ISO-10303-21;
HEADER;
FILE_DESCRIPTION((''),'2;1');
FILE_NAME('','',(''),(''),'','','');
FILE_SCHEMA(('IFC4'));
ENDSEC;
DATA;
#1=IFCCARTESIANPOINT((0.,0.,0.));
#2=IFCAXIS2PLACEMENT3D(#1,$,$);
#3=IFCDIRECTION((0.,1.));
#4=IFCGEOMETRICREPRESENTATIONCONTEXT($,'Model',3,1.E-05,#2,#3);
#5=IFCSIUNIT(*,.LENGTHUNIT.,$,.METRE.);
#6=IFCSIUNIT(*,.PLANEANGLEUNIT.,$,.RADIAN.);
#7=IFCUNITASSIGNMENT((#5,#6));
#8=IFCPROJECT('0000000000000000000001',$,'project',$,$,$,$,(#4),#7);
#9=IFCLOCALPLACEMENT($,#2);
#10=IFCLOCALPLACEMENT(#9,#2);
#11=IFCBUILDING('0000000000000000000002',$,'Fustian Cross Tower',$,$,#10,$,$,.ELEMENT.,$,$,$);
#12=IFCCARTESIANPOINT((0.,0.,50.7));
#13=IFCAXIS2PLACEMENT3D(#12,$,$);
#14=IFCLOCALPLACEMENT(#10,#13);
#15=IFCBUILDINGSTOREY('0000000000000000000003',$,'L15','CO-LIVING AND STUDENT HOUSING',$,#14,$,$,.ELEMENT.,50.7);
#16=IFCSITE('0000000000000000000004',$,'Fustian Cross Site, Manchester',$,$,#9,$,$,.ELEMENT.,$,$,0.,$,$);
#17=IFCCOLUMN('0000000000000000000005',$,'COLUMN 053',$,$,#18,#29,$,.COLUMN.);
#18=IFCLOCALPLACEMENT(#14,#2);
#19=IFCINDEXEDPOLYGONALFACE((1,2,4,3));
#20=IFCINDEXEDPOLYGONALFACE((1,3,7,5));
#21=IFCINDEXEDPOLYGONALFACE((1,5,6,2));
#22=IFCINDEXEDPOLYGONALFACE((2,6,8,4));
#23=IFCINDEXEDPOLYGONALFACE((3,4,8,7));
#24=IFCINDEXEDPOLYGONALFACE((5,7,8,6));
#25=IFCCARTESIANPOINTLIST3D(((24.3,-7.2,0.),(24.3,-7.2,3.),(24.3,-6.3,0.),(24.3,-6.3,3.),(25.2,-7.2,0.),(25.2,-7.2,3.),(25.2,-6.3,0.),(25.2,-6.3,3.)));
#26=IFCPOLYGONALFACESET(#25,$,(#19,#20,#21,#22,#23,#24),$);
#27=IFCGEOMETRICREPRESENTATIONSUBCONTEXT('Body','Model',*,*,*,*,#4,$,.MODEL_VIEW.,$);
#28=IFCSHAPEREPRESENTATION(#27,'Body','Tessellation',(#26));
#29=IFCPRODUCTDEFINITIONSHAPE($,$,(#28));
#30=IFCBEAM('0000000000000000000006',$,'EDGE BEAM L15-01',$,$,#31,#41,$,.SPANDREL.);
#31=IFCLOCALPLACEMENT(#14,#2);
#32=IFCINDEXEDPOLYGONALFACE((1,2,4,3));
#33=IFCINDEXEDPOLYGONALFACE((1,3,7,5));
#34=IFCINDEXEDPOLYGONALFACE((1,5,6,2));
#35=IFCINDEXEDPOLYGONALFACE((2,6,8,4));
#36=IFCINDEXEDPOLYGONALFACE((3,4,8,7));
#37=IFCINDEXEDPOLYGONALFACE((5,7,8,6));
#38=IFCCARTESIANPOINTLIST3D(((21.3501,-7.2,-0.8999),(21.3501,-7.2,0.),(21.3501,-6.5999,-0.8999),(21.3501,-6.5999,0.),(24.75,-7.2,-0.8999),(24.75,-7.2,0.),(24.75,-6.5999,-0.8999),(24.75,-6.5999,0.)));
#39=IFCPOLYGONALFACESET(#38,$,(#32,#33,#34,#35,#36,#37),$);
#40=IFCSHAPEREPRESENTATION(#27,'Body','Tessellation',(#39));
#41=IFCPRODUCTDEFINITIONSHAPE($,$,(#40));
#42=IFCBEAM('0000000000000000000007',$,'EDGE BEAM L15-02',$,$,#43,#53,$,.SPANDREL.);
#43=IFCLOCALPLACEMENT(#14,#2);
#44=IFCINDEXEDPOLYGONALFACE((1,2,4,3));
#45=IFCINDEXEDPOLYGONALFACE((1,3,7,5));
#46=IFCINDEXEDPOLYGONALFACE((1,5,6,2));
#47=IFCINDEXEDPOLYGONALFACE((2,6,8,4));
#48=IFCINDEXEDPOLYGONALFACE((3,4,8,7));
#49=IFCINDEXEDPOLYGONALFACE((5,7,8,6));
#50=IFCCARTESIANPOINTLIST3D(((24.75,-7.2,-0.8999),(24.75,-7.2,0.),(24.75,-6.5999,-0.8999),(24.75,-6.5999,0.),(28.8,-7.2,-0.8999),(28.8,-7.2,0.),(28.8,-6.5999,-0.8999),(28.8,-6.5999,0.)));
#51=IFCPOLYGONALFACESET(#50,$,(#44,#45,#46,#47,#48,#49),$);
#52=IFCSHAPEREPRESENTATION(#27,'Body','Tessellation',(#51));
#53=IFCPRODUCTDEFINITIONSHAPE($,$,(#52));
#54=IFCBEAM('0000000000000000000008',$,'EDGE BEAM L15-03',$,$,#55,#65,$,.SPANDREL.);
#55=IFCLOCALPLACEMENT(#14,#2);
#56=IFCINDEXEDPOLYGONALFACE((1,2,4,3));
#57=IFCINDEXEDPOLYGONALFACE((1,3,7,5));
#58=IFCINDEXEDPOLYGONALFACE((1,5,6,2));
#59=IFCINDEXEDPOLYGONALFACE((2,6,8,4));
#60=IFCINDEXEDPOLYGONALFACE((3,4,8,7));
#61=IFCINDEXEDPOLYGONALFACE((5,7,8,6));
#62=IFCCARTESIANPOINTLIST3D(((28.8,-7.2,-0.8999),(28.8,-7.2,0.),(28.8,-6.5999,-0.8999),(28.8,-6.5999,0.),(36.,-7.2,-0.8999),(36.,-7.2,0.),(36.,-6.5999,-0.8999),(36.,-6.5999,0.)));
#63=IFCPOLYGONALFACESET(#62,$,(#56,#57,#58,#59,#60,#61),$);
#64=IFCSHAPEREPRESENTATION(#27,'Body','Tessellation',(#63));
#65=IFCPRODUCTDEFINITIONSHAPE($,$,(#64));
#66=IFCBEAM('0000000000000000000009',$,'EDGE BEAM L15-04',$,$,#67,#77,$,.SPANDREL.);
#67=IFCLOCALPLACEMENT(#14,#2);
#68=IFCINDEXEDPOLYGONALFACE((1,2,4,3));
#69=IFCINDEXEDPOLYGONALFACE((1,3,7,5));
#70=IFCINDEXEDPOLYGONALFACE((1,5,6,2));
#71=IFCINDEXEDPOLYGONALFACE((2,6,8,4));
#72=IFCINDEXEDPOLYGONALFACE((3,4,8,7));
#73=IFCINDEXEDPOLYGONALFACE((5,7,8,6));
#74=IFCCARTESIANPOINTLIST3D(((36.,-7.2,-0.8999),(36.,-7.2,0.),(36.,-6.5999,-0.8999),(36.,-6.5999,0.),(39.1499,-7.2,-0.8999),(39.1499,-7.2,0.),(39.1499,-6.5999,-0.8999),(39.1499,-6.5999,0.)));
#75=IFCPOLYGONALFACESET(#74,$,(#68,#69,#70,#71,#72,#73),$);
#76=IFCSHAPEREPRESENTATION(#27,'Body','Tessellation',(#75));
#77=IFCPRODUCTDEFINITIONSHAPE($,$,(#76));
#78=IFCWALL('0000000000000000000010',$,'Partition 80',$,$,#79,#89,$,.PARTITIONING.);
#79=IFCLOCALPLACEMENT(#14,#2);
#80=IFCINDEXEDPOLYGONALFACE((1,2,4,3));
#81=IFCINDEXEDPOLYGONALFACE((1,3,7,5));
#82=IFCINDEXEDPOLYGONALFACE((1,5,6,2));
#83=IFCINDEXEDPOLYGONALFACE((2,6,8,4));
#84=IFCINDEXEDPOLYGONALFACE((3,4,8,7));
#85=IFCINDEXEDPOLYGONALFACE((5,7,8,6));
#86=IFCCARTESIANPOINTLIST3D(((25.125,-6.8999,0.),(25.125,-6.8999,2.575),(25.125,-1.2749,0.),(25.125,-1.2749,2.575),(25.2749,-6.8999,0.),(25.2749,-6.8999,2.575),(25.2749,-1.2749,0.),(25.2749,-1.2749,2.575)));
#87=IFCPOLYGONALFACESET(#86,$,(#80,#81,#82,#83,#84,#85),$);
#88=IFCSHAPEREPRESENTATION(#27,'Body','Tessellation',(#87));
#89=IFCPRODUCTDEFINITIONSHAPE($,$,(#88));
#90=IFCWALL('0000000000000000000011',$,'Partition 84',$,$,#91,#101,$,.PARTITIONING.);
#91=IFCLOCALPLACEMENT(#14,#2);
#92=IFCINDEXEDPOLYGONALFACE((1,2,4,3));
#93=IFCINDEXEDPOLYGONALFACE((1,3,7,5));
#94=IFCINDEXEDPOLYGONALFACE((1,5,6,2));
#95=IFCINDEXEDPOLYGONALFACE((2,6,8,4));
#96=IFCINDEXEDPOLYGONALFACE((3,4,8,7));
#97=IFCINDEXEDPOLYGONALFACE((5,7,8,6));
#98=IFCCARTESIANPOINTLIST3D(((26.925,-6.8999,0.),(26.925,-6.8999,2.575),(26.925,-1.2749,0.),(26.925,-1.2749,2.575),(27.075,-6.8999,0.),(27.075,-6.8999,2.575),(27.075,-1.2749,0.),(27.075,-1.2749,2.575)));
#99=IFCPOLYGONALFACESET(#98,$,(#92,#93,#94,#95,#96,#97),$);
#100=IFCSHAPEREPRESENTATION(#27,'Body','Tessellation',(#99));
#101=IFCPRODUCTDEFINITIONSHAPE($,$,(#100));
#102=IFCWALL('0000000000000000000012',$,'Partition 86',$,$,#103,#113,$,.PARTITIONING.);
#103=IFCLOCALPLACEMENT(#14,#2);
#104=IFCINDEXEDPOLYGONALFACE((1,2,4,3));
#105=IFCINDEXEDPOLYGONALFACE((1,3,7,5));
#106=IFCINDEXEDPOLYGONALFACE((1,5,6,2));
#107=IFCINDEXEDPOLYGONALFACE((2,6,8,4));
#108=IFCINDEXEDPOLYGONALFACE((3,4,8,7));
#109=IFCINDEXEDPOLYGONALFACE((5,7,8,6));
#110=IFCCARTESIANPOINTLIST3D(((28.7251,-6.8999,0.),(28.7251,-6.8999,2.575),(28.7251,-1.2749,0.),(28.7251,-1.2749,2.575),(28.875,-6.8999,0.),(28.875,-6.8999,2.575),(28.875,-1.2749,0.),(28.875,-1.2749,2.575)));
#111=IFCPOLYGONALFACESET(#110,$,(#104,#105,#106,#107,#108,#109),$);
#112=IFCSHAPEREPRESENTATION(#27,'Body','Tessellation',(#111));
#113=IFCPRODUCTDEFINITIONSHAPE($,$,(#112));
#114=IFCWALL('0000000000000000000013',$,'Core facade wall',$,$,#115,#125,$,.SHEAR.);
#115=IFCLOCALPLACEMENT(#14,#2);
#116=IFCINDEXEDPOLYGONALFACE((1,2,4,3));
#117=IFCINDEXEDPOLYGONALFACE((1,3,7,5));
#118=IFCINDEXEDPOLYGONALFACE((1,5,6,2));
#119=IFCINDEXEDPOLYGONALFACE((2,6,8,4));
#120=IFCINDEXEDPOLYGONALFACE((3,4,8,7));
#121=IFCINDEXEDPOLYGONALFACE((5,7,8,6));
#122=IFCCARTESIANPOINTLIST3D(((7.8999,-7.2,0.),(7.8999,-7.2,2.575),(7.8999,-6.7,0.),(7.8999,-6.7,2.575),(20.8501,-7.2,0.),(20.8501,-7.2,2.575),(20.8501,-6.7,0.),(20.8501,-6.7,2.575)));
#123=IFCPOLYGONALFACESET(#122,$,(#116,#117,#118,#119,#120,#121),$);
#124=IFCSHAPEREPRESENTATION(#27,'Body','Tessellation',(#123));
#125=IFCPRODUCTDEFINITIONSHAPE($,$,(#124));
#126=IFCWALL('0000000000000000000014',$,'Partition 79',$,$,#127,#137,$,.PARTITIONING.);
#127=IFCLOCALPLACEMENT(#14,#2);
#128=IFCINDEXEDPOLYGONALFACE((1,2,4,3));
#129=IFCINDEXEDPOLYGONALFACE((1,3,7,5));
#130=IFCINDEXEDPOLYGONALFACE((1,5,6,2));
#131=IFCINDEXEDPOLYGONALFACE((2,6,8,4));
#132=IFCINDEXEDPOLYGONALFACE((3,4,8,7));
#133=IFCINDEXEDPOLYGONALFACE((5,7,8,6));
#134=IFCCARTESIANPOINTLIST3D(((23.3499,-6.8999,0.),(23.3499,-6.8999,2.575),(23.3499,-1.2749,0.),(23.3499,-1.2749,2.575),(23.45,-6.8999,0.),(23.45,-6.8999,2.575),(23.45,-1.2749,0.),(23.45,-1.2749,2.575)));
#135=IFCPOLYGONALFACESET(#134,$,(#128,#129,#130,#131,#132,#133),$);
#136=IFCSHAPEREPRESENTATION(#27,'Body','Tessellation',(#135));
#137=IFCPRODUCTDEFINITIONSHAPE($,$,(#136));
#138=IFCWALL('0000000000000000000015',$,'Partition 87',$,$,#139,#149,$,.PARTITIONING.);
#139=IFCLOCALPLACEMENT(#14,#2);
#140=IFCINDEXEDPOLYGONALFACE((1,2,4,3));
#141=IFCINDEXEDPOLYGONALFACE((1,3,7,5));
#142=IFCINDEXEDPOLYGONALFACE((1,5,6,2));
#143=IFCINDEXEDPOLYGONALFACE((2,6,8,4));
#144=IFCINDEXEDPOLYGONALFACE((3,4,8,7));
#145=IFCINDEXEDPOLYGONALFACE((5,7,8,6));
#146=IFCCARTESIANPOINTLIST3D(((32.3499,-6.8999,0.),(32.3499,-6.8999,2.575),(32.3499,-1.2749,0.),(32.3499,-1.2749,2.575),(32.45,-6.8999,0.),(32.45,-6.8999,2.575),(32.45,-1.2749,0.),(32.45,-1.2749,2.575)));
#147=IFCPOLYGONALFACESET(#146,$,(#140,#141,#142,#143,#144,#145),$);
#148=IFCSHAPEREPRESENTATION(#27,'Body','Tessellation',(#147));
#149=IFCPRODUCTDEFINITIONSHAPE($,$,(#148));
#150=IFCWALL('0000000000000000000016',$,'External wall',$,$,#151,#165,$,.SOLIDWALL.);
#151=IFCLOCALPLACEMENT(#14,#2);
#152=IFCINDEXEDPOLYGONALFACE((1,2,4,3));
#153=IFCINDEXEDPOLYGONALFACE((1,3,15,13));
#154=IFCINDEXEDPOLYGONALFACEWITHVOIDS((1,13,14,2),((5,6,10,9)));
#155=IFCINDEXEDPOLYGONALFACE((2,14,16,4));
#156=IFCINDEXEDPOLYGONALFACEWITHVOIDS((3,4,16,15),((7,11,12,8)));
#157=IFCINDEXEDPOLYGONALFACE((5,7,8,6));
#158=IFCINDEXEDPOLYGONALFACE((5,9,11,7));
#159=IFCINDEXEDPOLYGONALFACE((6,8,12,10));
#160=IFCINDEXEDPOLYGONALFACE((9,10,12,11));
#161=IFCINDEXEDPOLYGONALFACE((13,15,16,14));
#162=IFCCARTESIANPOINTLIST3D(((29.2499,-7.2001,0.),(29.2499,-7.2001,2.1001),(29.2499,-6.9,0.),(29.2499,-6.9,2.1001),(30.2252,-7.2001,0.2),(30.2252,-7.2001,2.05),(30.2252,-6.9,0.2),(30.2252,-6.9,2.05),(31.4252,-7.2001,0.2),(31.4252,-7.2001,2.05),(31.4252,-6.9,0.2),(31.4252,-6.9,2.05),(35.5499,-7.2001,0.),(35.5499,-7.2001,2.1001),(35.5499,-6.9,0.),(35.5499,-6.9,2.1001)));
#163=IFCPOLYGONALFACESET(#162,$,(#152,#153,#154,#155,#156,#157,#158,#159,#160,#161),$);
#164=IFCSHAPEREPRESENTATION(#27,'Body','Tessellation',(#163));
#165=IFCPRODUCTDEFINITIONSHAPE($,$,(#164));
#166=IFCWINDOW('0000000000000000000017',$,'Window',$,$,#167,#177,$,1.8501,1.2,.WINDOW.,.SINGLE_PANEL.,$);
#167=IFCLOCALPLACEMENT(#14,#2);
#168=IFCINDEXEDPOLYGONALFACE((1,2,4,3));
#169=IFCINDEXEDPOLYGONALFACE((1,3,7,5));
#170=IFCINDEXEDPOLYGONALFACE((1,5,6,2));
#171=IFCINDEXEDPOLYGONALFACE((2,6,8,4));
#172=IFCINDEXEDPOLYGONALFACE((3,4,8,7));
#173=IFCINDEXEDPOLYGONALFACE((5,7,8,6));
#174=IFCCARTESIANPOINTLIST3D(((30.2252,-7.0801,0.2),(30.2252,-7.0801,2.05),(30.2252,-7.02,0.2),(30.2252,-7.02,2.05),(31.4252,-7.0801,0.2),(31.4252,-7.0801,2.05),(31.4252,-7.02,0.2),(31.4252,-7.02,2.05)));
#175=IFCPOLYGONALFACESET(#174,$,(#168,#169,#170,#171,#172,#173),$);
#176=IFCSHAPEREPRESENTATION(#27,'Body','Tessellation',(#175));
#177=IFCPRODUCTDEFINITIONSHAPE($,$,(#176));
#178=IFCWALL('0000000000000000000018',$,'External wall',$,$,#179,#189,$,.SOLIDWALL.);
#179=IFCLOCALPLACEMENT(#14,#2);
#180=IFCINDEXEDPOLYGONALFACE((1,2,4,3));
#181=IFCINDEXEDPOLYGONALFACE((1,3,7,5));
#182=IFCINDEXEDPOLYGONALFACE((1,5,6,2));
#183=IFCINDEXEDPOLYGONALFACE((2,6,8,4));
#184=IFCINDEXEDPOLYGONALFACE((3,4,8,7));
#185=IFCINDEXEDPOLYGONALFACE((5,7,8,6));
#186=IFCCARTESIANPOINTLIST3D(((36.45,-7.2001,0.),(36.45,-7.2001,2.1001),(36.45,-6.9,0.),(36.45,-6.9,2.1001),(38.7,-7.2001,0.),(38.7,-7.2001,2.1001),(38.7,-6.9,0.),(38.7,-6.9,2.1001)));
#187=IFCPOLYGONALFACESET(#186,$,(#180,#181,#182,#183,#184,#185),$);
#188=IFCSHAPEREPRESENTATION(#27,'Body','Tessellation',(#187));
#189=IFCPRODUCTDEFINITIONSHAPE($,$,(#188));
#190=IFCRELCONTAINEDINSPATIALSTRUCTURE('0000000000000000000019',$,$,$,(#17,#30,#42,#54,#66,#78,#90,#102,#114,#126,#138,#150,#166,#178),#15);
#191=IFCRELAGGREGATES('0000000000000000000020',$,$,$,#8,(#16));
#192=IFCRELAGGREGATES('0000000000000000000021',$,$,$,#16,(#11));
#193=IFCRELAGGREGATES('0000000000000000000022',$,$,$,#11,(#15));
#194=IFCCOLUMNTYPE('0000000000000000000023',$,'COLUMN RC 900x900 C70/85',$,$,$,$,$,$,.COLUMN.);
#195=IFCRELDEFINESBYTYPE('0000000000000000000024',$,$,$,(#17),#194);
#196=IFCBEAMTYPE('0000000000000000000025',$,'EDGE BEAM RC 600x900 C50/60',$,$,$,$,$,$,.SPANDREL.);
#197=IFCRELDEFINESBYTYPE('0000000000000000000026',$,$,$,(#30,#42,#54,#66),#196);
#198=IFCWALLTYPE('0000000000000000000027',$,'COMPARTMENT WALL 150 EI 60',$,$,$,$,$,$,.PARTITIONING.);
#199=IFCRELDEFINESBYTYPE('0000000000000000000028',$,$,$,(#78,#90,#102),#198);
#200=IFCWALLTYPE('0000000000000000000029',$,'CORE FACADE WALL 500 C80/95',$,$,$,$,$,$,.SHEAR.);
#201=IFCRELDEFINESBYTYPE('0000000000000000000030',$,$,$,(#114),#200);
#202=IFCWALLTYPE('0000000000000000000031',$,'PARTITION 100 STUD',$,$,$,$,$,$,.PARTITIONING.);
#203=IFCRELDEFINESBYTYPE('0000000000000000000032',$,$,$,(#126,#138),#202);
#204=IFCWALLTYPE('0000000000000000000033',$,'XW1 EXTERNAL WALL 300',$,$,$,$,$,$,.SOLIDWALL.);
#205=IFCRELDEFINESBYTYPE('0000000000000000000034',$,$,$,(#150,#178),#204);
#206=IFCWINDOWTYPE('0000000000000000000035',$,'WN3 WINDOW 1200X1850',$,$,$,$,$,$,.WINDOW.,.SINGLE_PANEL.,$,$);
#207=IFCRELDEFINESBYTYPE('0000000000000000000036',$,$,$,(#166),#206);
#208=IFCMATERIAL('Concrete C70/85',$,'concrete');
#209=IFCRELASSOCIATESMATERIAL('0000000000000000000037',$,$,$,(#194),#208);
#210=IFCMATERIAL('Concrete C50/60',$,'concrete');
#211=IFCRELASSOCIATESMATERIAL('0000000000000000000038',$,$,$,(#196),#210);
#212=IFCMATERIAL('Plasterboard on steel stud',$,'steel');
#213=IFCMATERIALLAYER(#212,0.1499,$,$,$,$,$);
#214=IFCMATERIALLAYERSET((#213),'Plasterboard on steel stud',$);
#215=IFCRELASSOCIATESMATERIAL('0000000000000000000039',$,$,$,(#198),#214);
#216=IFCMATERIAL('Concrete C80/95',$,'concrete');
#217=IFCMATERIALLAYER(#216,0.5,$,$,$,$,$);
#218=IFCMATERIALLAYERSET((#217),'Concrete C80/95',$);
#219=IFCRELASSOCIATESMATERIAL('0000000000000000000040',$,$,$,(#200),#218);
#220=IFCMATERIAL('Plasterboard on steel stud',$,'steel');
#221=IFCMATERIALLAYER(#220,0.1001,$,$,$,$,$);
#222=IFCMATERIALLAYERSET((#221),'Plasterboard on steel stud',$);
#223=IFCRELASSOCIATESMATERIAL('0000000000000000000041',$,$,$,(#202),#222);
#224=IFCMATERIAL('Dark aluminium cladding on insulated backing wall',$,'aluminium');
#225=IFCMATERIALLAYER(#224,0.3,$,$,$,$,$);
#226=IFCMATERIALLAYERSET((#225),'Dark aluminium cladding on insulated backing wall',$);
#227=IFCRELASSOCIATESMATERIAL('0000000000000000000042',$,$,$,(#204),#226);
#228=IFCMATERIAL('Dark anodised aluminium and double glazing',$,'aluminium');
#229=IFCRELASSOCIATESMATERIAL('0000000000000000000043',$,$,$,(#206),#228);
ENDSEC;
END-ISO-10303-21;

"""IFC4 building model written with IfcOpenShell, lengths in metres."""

from ifc_helpers import new_model, si_unit, direction, frame, frame_2d, origin, origin_2d, place, context, subcontext, project, spatial, rectangle, extrude, material, layer, layer_set, material_profile, profile_set, type_object, element, fill, save


model = new_model("IFC4")

# Units and contexts
model_context = context("Model", 3, precision=1e-05, world=origin(), true_north=direction((0.0, 1.0)))
body_context = subcontext(model_context, "Body", "Model", "MODEL_VIEW")
ifc_project = project(units=[si_unit("LENGTHUNIT", "METRE"), si_unit("PLANEANGLEUNIT", "RADIAN")], contexts=[model_context])

# Site, building, storey
site_placement = place(None, origin())
site = spatial("IfcSite", under=ifc_project, at=site_placement, Name="Fustian Cross Site, Manchester", CompositionType="ELEMENT", RefElevation=0.0)
building_placement = place(site_placement, origin())
building = spatial("IfcBuilding", under=site, at=building_placement, Name="Fustian Cross Tower", CompositionType="ELEMENT")
storey_placement = place(building_placement, frame((0.0, 0.0, 50.7)))
storey = spatial("IfcBuildingStorey", under=building, at=storey_placement, Name="L15", Description="CO-LIVING AND STUDENT HOUSING", CompositionType="ELEMENT", Elevation=50.7)

# Column
ifc_material_1 = material(Name="Concrete C70/85", Category="concrete")
ifc_material_profile_1 = material_profile(ifc_material_1, rectangle(XDim=0.8999, YDim=0.8999, at=origin_2d()), Name="RC 900x900")
ifc_profile_set_1 = profile_set([ifc_material_profile_1], Name="Concrete C70/85")
column_type = type_object("IfcColumnType", Name="COLUMN RC 900x900 C70/85", PredefinedType="COLUMN", material=ifc_profile_set_1)
column_placement = place(storey_placement, frame((24.75, -6.75, 0.0), z_axis=(0.0, 0.0, 1.0), x_axis=(1.0, 0.0, 0.0)))
element("IfcColumn", 1, at=column_placement, inside=storey, type_object=column_type, Name="COLUMN 053", PredefinedType="COLUMN", context=body_context, shape_type="SweptSolid", body=[
    extrude(rectangle(XDim=0.8999, YDim=0.8999, at=origin_2d()), origin(), (0.0, 0.0, 1.0), 3.0),
])

# Beams
ifc_material_2 = material(Name="Concrete C50/60", Category="concrete")
ifc_material_profile_2 = material_profile(ifc_material_2, rectangle(XDim=0.6001, YDim=0.8999, at=origin_2d()), Name="RC 600x900")
ifc_profile_set_2 = profile_set([ifc_material_profile_2], Name="Concrete C50/60")
beam_type = type_object("IfcBeamType", Name="EDGE BEAM RC 600x900 C50/60", PredefinedType="SPANDREL", material=ifc_profile_set_2)
beam_1_placement = place(storey_placement, frame((21.3501, -6.8999, -0.45), z_axis=(1.0, 0.0, 0.0), x_axis=(0.0, 1.0, 0.0)))
element("IfcBeam", 2, at=beam_1_placement, inside=storey, type_object=beam_type, Name="EDGE BEAM L15-01", PredefinedType="SPANDREL", context=body_context, shape_type="SweptSolid", body=[
    extrude(rectangle(XDim=0.6001, YDim=0.8999, at=origin_2d()), origin(), (0.0, 0.0, 1.0), 3.3999),
])
beam_2_placement = place(storey_placement, frame((24.75, -6.8999, -0.45), z_axis=(1.0, 0.0, 0.0), x_axis=(0.0, 1.0, 0.0)))
element("IfcBeam", 3, at=beam_2_placement, inside=storey, type_object=beam_type, Name="EDGE BEAM L15-02", PredefinedType="SPANDREL", context=body_context, shape_type="SweptSolid", body=[
    extrude(rectangle(XDim=0.6001, YDim=0.8999, at=origin_2d()), origin(), (0.0, 0.0, 1.0), 4.05),
])
beam_3_placement = place(storey_placement, frame((28.8, -6.8999, -0.45), z_axis=(1.0, 0.0, 0.0), x_axis=(0.0, 1.0, 0.0)))
element("IfcBeam", 4, at=beam_3_placement, inside=storey, type_object=beam_type, Name="EDGE BEAM L15-03", PredefinedType="SPANDREL", context=body_context, shape_type="SweptSolid", body=[
    extrude(rectangle(XDim=0.6001, YDim=0.8999, at=origin_2d()), origin(), (0.0, 0.0, 1.0), 7.2),
])
beam_4_placement = place(storey_placement, frame((36.0, -6.8999, -0.45), z_axis=(1.0, 0.0, 0.0), x_axis=(0.0, 1.0, 0.0)))
element("IfcBeam", 5, at=beam_4_placement, inside=storey, type_object=beam_type, Name="EDGE BEAM L15-04", PredefinedType="SPANDREL", context=body_context, shape_type="SweptSolid", body=[
    extrude(rectangle(XDim=0.6001, YDim=0.8999, at=origin_2d()), origin(), (0.0, 0.0, 1.0), 3.1499),
])

# Walls
ifc_material_3 = material(Name="Plasterboard on steel stud", Category="steel")
ifc_layer_1 = layer(ifc_material_3, 0.1499)
ifc_layer_set_1 = layer_set([ifc_layer_1], Name="Plasterboard on steel stud")
wall_type_1 = type_object("IfcWallType", Name="COMPARTMENT WALL 150 EI 60", PredefinedType="PARTITIONING", material=ifc_layer_set_1)
for number, where, z_axis, x_axis, name in (
    (6, (25.2, -6.8999, 0.0), (0.0, 0.0, 1.0), (0.0, 1.0, 0.0), "Partition 80"),
    (7, (27.0, -6.8999, 0.0), (0.0, 0.0, 1.0), (0.0, 1.0, 0.0), "Partition 84"),
    (8, (28.8, -6.8999, 0.0), (0.0, 0.0, 1.0), (0.0, 1.0, 0.0), "Partition 86"),
):
    element("IfcWall", number, at=place(storey_placement, frame(where, z_axis=z_axis, x_axis=x_axis)), inside=storey, type_object=wall_type_1, Name=name, PredefinedType="PARTITIONING", context=body_context, shape_type="SweptSolid", body=[
        extrude(rectangle(XDim=5.625, YDim=0.1499, at=frame_2d((2.8125, 0.0))), origin(), (0.0, 0.0, 1.0), 2.575),
    ])
ifc_material_4 = material(Name="Concrete C80/95", Category="concrete")
ifc_layer_2 = layer(ifc_material_4, 0.5)
ifc_layer_set_2 = layer_set([ifc_layer_2], Name="Concrete C80/95")
wall_type_2 = type_object("IfcWallType", Name="CORE FACADE WALL 500 C80/95", PredefinedType="SHEAR", material=ifc_layer_set_2)
wall_1_placement = place(storey_placement, frame((7.8999, -6.95, 0.0), z_axis=(0.0, 0.0, 1.0), x_axis=(1.0, 0.0, 0.0)))
element("IfcWall", 9, at=wall_1_placement, inside=storey, type_object=wall_type_2, Name="Core facade wall", PredefinedType="SHEAR", context=body_context, shape_type="SweptSolid", body=[
    extrude(rectangle(XDim=12.9502, YDim=0.5, at=frame_2d((6.4751, 0.0))), origin(), (0.0, 0.0, 1.0), 2.575),
])
ifc_material_5 = material(Name="Plasterboard on steel stud", Category="steel")
ifc_layer_3 = layer(ifc_material_5, 0.1001)
ifc_layer_set_3 = layer_set([ifc_layer_3], Name="Plasterboard on steel stud")
wall_type_3 = type_object("IfcWallType", Name="PARTITION 100 STUD", PredefinedType="PARTITIONING", material=ifc_layer_set_3)
for number, where, z_axis, x_axis, name in (
    (10, (23.3999, -6.8999, 0.0), (0.0, 0.0, 1.0), (0.0, 1.0, 0.0), "Partition 79"),
    (11, (32.3999, -6.8999, 0.0), (0.0, 0.0, 1.0), (0.0, 1.0, 0.0), "Partition 87"),
):
    element("IfcWall", number, at=place(storey_placement, frame(where, z_axis=z_axis, x_axis=x_axis)), inside=storey, type_object=wall_type_3, Name=name, PredefinedType="PARTITIONING", context=body_context, shape_type="SweptSolid", body=[
        extrude(rectangle(XDim=5.625, YDim=0.1001, at=frame_2d((2.8125, 0.0))), origin(), (0.0, 0.0, 1.0), 2.575),
    ])

# Wall, opening, window
ifc_material_6 = material(Name="Dark aluminium cladding on insulated backing wall", Category="aluminium")
ifc_layer_4 = layer(ifc_material_6, 0.3)
ifc_layer_set_4 = layer_set([ifc_layer_4], Name="Dark aluminium cladding on insulated backing wall")
wall_type_4 = type_object("IfcWallType", Name="XW1 EXTERNAL WALL 300", PredefinedType="SOLIDWALL", material=ifc_layer_set_4)
wall_2_placement = place(storey_placement, frame((29.25, -7.05, 0.0), z_axis=(0.0, 0.0, 1.0), x_axis=(1.0, 0.0, 0.0)))
wall_2 = element("IfcWall", 12, at=wall_2_placement, inside=storey, type_object=wall_type_4, Name="External wall", PredefinedType="SOLIDWALL", context=body_context, shape_type="SweptSolid", body=[
    extrude(rectangle(XDim=6.3, YDim=0.3, at=frame_2d((3.1499, 0.0))), origin(), (0.0, 0.0, 1.0), 2.1001),
])
opening_placement = place(wall_2_placement, frame((0.9751, 0.0, 0.2)))
opening = element("IfcOpeningElement", 13, at=opening_placement, cuts=wall_2, PredefinedType="OPENING", context=body_context, shape_type="SweptSolid", body=[
    extrude(rectangle(XDim=1.2, YDim=1.8501, at=frame_2d((0.6001, 0.925))), frame((0.0, 0.1599, 0.0), z_axis=(0.0, -1.0, 0.0), x_axis=(1.0, 0.0, 0.0)), (0.0, 0.0, 1.0), 0.3201),
])
ifc_material_7 = material(Name="Dark anodised aluminium and double glazing", Category="aluminium")
window_type = type_object("IfcWindowType", Name="WN3 WINDOW 1200X1850", PartitioningType="SINGLE_PANEL", PredefinedType="WINDOW", material=ifc_material_7)
window_placement = place(opening_placement, origin())
window = element("IfcWindow", 14, at=window_placement, inside=storey, type_object=window_type, Name="Window", OverallHeight=1.8501, OverallWidth=1.2, PartitioningType="SINGLE_PANEL", PredefinedType="WINDOW", context=body_context, shape_type="SweptSolid", body=[
    extrude(rectangle(XDim=1.2, YDim=1.8501, at=frame_2d((0.6001, 0.925))), frame((0.0, 0.03, 0.0), z_axis=(0.0, -1.0, 0.0), x_axis=(1.0, 0.0, 0.0)), (0.0, 0.0, 1.0), 0.0601),
])
fill(opening, window)

# Wall
wall_3_placement = place(storey_placement, frame((36.45, -7.05, 0.0), z_axis=(0.0, 0.0, 1.0), x_axis=(1.0, 0.0, 0.0)))
element("IfcWall", 15, at=wall_3_placement, inside=storey, type_object=wall_type_4, Name="External wall", PredefinedType="SOLIDWALL", context=body_context, shape_type="SweptSolid", body=[
    extrude(rectangle(XDim=2.25, YDim=0.3, at=frame_2d((1.125, 0.0))), origin(), (0.0, 0.0, 1.0), 2.1001),
])

save(model, "model.ifc")
